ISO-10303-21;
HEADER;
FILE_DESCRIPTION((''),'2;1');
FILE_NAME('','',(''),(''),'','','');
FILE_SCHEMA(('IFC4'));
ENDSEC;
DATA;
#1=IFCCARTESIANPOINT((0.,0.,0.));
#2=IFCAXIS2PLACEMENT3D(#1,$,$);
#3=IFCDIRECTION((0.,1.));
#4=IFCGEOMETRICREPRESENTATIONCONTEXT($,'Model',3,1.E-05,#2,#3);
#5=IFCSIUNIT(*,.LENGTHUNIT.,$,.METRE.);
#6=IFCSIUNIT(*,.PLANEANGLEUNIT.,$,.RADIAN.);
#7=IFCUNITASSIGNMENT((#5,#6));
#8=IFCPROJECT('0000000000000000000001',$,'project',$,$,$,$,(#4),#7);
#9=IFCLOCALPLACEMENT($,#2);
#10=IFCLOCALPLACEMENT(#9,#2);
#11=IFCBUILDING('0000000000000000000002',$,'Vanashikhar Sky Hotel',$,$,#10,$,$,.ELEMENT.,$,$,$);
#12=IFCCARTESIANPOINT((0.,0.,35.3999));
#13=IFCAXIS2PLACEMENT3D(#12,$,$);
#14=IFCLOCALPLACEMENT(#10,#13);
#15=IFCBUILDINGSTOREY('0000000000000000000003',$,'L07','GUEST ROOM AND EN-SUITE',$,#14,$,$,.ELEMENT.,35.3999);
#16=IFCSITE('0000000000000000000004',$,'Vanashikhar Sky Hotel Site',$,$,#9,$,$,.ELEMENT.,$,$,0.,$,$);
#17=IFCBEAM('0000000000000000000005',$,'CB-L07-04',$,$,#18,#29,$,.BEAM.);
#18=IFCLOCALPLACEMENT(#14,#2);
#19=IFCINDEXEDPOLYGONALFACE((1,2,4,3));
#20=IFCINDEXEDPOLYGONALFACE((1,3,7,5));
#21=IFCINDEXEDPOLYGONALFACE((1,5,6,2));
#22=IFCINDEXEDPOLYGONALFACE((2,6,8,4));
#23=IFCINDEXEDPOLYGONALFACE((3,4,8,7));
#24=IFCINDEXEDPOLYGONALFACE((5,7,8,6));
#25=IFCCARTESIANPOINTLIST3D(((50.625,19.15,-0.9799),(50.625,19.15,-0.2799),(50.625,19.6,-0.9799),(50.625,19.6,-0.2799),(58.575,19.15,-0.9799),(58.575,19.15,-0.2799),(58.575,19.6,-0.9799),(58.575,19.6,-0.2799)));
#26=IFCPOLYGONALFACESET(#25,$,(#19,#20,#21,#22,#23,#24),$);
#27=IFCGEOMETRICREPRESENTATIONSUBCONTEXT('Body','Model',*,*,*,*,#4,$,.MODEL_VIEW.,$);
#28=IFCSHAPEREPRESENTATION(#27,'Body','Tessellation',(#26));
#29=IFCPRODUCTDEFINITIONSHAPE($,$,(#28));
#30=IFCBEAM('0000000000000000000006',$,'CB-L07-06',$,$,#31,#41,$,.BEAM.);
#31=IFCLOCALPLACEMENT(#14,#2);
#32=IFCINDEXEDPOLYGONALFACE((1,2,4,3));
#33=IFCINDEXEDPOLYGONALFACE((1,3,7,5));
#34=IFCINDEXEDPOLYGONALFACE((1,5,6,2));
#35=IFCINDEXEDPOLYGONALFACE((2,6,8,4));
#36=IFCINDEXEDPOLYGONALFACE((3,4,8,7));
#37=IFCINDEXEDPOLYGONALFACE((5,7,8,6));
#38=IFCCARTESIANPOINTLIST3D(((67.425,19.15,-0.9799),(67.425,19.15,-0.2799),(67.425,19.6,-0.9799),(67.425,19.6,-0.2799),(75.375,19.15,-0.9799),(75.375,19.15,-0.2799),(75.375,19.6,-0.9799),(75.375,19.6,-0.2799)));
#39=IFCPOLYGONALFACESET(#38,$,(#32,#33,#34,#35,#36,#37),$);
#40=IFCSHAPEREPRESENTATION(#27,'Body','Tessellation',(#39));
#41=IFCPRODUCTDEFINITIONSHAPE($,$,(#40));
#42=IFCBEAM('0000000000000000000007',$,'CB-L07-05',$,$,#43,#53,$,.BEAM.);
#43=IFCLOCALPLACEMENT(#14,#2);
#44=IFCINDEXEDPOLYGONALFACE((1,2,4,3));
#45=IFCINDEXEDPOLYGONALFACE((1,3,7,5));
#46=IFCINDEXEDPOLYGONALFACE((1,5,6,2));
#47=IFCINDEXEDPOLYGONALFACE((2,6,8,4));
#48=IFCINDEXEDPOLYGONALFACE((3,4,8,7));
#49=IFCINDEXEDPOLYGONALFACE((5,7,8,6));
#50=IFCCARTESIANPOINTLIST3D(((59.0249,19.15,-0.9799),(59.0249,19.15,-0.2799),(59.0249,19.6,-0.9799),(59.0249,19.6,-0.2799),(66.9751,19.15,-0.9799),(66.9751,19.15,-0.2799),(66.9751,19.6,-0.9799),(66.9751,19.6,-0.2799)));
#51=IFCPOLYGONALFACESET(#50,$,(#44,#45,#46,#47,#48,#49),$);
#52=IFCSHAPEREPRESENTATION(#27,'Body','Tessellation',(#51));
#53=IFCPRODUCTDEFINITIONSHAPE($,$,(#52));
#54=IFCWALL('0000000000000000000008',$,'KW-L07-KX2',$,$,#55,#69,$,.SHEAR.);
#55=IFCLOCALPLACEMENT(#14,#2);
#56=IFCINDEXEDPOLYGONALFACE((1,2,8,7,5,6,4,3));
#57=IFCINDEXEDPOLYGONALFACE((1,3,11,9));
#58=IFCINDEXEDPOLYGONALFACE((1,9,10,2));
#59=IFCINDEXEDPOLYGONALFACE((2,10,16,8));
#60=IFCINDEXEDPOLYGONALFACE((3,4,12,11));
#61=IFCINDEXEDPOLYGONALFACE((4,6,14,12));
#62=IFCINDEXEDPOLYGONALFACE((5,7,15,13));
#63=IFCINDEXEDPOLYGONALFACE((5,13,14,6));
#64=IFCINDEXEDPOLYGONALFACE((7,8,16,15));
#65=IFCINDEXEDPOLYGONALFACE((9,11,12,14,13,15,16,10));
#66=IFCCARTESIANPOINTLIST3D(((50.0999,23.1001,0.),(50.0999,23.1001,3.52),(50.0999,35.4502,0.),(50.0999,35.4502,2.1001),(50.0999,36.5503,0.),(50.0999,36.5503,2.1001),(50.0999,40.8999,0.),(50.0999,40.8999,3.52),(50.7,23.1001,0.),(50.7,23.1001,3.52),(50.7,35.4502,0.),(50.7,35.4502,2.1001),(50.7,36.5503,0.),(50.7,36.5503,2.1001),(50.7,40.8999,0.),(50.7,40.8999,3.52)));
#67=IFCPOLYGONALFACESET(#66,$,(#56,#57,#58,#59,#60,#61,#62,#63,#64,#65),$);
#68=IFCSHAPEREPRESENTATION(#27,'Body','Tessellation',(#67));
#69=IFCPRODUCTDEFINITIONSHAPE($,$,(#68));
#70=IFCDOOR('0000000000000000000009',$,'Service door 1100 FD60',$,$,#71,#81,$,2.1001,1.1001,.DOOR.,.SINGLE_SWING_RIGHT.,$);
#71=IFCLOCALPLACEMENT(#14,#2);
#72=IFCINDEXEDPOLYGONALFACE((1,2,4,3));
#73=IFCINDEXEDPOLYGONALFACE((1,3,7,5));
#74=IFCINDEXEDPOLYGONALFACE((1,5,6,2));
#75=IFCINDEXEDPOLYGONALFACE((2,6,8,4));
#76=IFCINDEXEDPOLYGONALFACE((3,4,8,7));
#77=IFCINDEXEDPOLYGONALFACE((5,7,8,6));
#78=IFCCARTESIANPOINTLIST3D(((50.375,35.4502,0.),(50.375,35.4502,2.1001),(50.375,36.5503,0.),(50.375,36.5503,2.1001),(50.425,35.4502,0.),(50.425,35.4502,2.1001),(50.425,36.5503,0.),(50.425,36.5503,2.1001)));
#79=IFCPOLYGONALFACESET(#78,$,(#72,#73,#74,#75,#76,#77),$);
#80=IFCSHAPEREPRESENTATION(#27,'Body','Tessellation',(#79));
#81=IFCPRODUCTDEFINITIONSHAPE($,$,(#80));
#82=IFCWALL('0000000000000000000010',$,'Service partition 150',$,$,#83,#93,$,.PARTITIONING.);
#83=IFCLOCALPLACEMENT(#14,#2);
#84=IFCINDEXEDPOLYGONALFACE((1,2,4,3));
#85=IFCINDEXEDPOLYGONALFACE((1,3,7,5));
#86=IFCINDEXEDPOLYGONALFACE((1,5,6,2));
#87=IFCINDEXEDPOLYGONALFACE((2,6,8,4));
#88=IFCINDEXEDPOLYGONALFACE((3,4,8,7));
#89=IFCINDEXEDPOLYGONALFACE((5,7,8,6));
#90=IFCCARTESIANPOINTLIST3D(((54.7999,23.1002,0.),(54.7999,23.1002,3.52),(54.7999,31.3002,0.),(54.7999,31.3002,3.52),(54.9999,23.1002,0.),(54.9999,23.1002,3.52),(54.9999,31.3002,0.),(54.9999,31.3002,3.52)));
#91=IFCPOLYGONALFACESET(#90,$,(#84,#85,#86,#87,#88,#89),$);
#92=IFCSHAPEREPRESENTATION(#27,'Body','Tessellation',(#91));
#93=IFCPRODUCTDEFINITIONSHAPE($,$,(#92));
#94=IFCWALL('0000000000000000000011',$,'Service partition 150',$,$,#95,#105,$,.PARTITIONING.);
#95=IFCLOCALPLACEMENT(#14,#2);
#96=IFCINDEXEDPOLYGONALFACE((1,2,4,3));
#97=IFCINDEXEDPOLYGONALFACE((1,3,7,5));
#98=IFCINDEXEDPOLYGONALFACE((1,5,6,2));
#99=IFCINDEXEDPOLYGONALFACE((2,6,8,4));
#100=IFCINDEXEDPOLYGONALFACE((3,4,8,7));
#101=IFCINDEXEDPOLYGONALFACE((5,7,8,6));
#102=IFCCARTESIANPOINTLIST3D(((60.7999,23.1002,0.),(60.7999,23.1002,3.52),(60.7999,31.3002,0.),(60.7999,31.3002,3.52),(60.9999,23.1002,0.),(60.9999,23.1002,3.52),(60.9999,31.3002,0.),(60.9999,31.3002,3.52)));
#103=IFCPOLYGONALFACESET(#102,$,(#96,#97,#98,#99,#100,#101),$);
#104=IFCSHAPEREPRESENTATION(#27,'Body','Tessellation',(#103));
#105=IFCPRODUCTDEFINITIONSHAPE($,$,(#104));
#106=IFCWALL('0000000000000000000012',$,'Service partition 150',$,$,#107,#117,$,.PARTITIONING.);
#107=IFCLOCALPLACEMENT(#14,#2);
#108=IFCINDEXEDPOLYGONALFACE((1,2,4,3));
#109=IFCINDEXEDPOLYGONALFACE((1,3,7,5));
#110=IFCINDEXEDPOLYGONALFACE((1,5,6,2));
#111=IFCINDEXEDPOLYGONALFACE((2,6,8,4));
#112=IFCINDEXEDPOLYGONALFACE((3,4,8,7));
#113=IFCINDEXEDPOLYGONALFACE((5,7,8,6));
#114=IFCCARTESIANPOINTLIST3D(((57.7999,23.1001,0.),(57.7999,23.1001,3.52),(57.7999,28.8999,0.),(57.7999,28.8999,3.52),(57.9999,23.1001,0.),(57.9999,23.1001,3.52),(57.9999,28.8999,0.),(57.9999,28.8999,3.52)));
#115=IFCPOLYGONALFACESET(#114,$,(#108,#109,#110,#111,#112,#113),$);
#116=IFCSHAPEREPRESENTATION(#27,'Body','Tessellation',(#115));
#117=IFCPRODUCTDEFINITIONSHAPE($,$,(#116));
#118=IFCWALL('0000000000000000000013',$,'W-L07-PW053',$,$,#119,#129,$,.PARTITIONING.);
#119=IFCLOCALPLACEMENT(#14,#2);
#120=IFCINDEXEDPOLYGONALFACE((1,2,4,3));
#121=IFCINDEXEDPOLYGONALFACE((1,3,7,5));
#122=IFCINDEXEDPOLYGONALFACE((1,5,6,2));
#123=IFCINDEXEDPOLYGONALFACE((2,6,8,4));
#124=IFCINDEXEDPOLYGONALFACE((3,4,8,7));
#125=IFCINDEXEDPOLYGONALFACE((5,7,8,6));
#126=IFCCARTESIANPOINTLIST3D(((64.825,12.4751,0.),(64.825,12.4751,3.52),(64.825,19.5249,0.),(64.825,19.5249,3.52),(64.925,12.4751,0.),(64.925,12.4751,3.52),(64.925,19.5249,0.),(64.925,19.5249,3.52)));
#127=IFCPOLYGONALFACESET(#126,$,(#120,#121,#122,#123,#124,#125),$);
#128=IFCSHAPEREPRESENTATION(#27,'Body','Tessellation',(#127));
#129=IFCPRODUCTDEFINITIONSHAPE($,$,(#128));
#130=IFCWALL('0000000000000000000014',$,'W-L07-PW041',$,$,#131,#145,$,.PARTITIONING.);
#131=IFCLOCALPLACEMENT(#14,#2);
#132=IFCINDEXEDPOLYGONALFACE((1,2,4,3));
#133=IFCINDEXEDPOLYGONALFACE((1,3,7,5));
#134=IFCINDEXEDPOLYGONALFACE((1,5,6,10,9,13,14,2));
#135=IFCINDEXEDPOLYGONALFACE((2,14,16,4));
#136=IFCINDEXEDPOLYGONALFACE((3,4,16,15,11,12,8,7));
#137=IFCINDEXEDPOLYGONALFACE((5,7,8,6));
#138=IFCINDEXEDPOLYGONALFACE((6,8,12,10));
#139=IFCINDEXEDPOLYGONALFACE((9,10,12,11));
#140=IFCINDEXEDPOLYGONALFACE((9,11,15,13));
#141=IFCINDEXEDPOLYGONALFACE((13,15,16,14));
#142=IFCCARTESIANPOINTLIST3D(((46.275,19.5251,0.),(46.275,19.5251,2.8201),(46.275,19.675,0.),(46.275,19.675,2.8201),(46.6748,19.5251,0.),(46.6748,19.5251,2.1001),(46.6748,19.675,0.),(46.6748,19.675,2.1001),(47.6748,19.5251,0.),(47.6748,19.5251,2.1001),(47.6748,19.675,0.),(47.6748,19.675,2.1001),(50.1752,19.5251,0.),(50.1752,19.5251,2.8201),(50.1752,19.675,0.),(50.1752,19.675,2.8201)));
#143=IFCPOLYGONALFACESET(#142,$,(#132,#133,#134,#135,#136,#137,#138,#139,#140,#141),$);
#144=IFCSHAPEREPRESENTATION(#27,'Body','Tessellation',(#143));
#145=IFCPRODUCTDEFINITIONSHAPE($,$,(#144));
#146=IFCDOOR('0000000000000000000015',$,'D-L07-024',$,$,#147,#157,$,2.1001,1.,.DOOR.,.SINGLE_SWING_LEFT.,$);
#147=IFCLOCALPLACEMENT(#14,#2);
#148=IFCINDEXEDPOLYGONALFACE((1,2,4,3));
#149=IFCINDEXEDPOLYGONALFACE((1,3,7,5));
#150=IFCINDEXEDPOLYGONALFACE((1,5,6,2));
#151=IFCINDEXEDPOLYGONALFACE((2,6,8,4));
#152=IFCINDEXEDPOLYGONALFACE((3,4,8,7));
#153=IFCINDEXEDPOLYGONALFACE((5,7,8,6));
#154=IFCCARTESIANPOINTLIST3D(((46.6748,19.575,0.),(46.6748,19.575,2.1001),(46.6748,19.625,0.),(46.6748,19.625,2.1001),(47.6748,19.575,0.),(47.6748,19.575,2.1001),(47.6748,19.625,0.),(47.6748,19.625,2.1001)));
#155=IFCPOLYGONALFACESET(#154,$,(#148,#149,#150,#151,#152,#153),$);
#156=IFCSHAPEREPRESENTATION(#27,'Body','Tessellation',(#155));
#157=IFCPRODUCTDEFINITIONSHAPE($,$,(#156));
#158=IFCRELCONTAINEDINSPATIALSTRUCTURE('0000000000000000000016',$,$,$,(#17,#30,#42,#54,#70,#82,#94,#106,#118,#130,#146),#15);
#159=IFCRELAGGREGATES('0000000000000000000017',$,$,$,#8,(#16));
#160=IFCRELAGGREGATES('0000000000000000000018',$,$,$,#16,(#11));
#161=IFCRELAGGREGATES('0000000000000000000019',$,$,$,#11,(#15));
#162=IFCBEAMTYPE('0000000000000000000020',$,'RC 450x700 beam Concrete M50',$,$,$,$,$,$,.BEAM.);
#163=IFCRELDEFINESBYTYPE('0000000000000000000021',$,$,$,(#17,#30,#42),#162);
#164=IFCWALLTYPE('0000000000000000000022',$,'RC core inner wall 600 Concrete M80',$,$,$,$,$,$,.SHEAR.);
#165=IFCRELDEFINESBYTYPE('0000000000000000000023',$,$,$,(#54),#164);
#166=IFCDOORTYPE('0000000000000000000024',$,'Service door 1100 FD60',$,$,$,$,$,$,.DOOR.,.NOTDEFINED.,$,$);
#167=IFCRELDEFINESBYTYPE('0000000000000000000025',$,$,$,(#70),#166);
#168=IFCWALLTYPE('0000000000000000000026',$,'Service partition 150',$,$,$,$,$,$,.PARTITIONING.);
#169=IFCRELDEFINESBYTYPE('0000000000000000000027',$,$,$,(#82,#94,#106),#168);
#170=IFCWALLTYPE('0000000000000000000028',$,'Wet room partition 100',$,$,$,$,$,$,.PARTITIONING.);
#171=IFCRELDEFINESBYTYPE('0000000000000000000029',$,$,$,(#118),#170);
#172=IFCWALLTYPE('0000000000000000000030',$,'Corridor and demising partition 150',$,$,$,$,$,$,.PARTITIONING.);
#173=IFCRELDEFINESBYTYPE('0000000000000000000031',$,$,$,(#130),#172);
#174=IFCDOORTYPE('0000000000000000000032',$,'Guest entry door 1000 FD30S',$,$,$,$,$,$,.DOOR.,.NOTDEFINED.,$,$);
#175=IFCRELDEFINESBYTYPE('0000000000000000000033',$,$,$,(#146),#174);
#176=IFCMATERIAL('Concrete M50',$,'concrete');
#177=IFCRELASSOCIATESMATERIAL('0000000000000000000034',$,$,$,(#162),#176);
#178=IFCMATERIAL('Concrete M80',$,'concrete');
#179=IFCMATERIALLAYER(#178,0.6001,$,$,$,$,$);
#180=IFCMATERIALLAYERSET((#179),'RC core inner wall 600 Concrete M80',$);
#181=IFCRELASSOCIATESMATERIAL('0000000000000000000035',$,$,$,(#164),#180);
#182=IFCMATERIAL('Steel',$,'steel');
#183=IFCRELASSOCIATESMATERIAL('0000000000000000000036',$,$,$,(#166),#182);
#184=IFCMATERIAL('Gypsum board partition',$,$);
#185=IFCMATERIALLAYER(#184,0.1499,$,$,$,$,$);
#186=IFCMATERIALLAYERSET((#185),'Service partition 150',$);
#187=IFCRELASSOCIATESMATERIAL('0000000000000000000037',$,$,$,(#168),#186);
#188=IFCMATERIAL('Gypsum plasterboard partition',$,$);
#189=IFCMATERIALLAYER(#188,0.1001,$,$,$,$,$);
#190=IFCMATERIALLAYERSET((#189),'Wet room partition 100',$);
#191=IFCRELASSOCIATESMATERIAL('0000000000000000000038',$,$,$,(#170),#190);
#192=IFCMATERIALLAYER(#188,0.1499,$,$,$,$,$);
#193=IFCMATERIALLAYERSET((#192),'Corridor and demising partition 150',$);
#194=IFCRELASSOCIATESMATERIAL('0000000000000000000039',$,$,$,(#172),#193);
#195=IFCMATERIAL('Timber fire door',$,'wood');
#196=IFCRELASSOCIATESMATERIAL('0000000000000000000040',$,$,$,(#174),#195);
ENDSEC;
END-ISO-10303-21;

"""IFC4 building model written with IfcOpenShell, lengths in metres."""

from ifc_helpers import new_model, si_unit, direction, frame, frame_2d, origin, origin_2d, place, context, subcontext, project, spatial, rectangle, extrude, source, transform, mapped, material, layer, layer_set, material_profile, profile_set, type_object, element, fill, save


model = new_model("IFC4")

# Units and contexts
model_context = context("Model", 3, precision=1e-05, world=origin(), true_north=direction((0.0, 1.0)))
body_context = subcontext(model_context, "Body", "Model", "MODEL_VIEW")
ifc_project = project(units=[si_unit("LENGTHUNIT", "METRE"), si_unit("PLANEANGLEUNIT", "RADIAN")], contexts=[model_context])

# Site, building, storey
site_placement = place(None, origin())
site = spatial("IfcSite", under=ifc_project, at=site_placement, Name="Vanashikhar Sky Hotel Site", CompositionType="ELEMENT", RefElevation=0.0)
building_placement = place(site_placement, origin())
building = spatial("IfcBuilding", under=site, at=building_placement, Name="Vanashikhar Sky Hotel", CompositionType="ELEMENT")
storey_placement = place(building_placement, frame((0.0, 0.0, 35.3999)))
storey = spatial("IfcBuildingStorey", under=building, at=storey_placement, Name="L07", Description="GUEST ROOM AND EN-SUITE", CompositionType="ELEMENT", Elevation=35.3999)

# Beams
ifc_material_1 = material(Name="Concrete M50", Category="concrete")
ifc_material_profile = material_profile(ifc_material_1, rectangle(XDim=0.45, YDim=0.7, at=origin_2d()))
ifc_profile_set = profile_set([ifc_material_profile], Name="RC 450x700 beam Concrete M50")
beam_type = type_object("IfcBeamType", Name="RC 450x700 beam Concrete M50", PredefinedType="BEAM", material=ifc_profile_set)
shared_shape_1 = source(origin(), body_context, "Body", "SweptSolid", [
    extrude(rectangle(XDim=0.45, YDim=0.7, at=origin_2d()), origin(), (0.0, 0.0, 1.0), 7.95),
])
for number, where, z_axis, x_axis, name in (
    (1, (50.625, 19.375, -0.6299), (1.0, 0.0, 0.0), (0.0, 1.0, 0.0), "CB-L07-04"),
    (2, (67.425, 19.375, -0.6299), (1.0, 0.0, 0.0), (0.0, 1.0, 0.0), "CB-L07-06"),
):
    element("IfcBeam", number, at=place(storey_placement, frame(where, z_axis=z_axis, x_axis=x_axis)), inside=storey, type_object=beam_type, Name=name, PredefinedType="BEAM", context=body_context, shape_type="MappedRepresentation", body=[
        mapped(shared_shape_1, transform((0.0, 0.0, 0.0), scale=1.0)),
    ])
shared_shape_2 = source(origin(), body_context, "Body", "SweptSolid", [
    extrude(rectangle(XDim=0.45, YDim=0.7, at=origin_2d()), origin(), (0.0, 0.0, 1.0), 7.9502),
])
beam_placement = place(storey_placement, frame((59.0249, 19.375, -0.6299), z_axis=(1.0, 0.0, 0.0), x_axis=(0.0, 1.0, 0.0)))
element("IfcBeam", 3, at=beam_placement, inside=storey, type_object=beam_type, Name="CB-L07-05", PredefinedType="BEAM", context=body_context, shape_type="MappedRepresentation", body=[
    mapped(shared_shape_2, transform((0.0, 0.0, 0.0), scale=1.0)),
])

# Wall, opening, door
ifc_material_2 = material(Name="Concrete M80", Category="concrete")
ifc_layer_1 = layer(ifc_material_2, 0.6001)
ifc_layer_set_1 = layer_set([ifc_layer_1], Name="RC core inner wall 600 Concrete M80")
wall_type_1 = type_object("IfcWallType", Name="RC core inner wall 600 Concrete M80", PredefinedType="SHEAR", material=ifc_layer_set_1)
shared_shape_3 = source(origin(), body_context, "Body", "SweptSolid", [
    extrude(rectangle(XDim=17.7998, YDim=0.6001, at=frame_2d((8.8999, 0.0))), origin(), (0.0, 0.0, 1.0), 3.52),
])
wall_1_placement = place(storey_placement, frame((50.3999, 23.1001, 0.0), z_axis=(0.0, 0.0, 1.0), x_axis=(0.0, 1.0, 0.0)))
wall_1 = element("IfcWall", 4, at=wall_1_placement, inside=storey, type_object=wall_type_1, Name="KW-L07-KX2", PredefinedType="SHEAR", context=body_context, shape_type="MappedRepresentation", body=[
    mapped(shared_shape_3, transform((0.0, 0.0, 0.0), scale=1.0)),
])
shared_shape_4 = source(origin(), body_context, "Body", "SweptSolid", [
    extrude(rectangle(XDim=1.1001, YDim=2.1001, at=frame_2d((0.55, 1.05))), frame((0.0, 0.3101, 0.0), z_axis=(0.0, -1.0, 0.0), x_axis=(1.0, 0.0, 0.0)), (0.0, 0.0, 1.0), 0.6201),
])
opening_1_placement = place(wall_1_placement, frame((12.3501, 0.0, 0.0)))
opening_1 = element("IfcOpeningElement", 5, at=opening_1_placement, cuts=wall_1, PredefinedType="OPENING", context=body_context, shape_type="MappedRepresentation", body=[
    mapped(shared_shape_4, transform((0.0, 0.0, 0.0), scale=1.0)),
])
ifc_material_3 = material(Name="Steel", Category="steel")
door_type_1 = type_object("IfcDoorType", Name="Service door 1100 FD60", OperationType="NOTDEFINED", PredefinedType="DOOR", material=ifc_material_3)
shared_shape_5 = source(origin(), body_context, "Body", "SweptSolid", [
    extrude(rectangle(XDim=1.1001, YDim=2.1001, at=frame_2d((0.55, 1.05))), frame((0.0, 0.0249, 0.0), z_axis=(0.0, -1.0, 0.0), x_axis=(1.0, 0.0, 0.0)), (0.0, 0.0, 1.0), 0.05),
])
door_1_placement = place(opening_1_placement, origin())
door_1 = element("IfcDoor", 6, at=door_1_placement, inside=storey, type_object=door_type_1, Name="Service door 1100 FD60", OperationType="SINGLE_SWING_RIGHT", OverallHeight=2.1001, OverallWidth=1.1001, PredefinedType="DOOR", context=body_context, shape_type="MappedRepresentation", body=[
    mapped(shared_shape_5, transform((0.0, 0.0, 0.0), scale=1.0)),
])
fill(opening_1, door_1)

# Walls
ifc_material_4 = material(Name="Gypsum board partition")
ifc_layer_2 = layer(ifc_material_4, 0.1499)
ifc_layer_set_2 = layer_set([ifc_layer_2], Name="Service partition 150")
wall_type_2 = type_object("IfcWallType", Name="Service partition 150", PredefinedType="PARTITIONING", material=ifc_layer_set_2)
shared_shape_6 = source(origin(), body_context, "Body", "SweptSolid", [
    extrude(rectangle(XDim=8.2, YDim=0.2, at=frame_2d((4.1001, 0.0))), origin(), (0.0, 0.0, 1.0), 3.52),
])
for number, where, z_axis, x_axis, name in (
    (7, (54.8999, 23.1001, 0.0), (0.0, 0.0, 1.0), (0.0, 1.0, 0.0), "Service partition 150"),
    (8, (60.8999, 23.1001, 0.0), (0.0, 0.0, 1.0), (0.0, 1.0, 0.0), "Service partition 150"),
):
    element("IfcWall", number, at=place(storey_placement, frame(where, z_axis=z_axis, x_axis=x_axis)), inside=storey, type_object=wall_type_2, Name=name, PredefinedType="PARTITIONING", context=body_context, shape_type="MappedRepresentation", body=[
        mapped(shared_shape_6, transform((0.0, 0.0, 0.0), scale=1.0)),
    ])
shared_shape_7 = source(origin(), body_context, "Body", "SweptSolid", [
    extrude(rectangle(XDim=5.7998, YDim=0.2, at=frame_2d((2.8999, 0.0))), origin(), (0.0, 0.0, 1.0), 3.52),
])
wall_2_placement = place(storey_placement, frame((57.8999, 23.1001, 0.0), z_axis=(0.0, 0.0, 1.0), x_axis=(0.0, 1.0, 0.0)))
element("IfcWall", 9, at=wall_2_placement, inside=storey, type_object=wall_type_2, Name="Service partition 150", PredefinedType="PARTITIONING", context=body_context, shape_type="MappedRepresentation", body=[
    mapped(shared_shape_7, transform((0.0, 0.0, 0.0), scale=1.0)),
])
ifc_material_5 = material(Name="Gypsum plasterboard partition")
ifc_layer_3 = layer(ifc_material_5, 0.1001)
ifc_layer_set_3 = layer_set([ifc_layer_3], Name="Wet room partition 100")
wall_type_3 = type_object("IfcWallType", Name="Wet room partition 100", PredefinedType="PARTITIONING", material=ifc_layer_set_3)
shared_shape_8 = source(origin(), body_context, "Body", "SweptSolid", [
    extrude(rectangle(XDim=7.0498, YDim=0.1001, at=frame_2d((3.5249, 0.0))), origin(), (0.0, 0.0, 1.0), 3.52),
])
wall_3_placement = place(storey_placement, frame((64.875, 12.4751, 0.0), z_axis=(0.0, 0.0, 1.0), x_axis=(0.0, 1.0, 0.0)))
element("IfcWall", 10, at=wall_3_placement, inside=storey, type_object=wall_type_3, Name="W-L07-PW053", PredefinedType="PARTITIONING", context=body_context, shape_type="MappedRepresentation", body=[
    mapped(shared_shape_8, transform((0.0, 0.0, 0.0), scale=1.0)),
])

# Wall, opening, door
ifc_layer_4 = layer(ifc_material_5, 0.1499)
ifc_layer_set_4 = layer_set([ifc_layer_4], Name="Corridor and demising partition 150")
wall_type_4 = type_object("IfcWallType", Name="Corridor and demising partition 150", PredefinedType="PARTITIONING", material=ifc_layer_set_4)
shared_shape_9 = source(origin(), body_context, "Body", "SweptSolid", [
    extrude(rectangle(XDim=3.9001, YDim=0.1499, at=frame_2d((1.9502, 0.0))), origin(), (0.0, 0.0, 1.0), 2.8201),
])
wall_4_placement = place(storey_placement, frame((46.2749, 19.6001, 0.0), z_axis=(0.0, 0.0, 1.0), x_axis=(1.0, 0.0, 0.0)))
wall_4 = element("IfcWall", 11, at=wall_4_placement, inside=storey, type_object=wall_type_4, Name="W-L07-PW041", PredefinedType="PARTITIONING", context=body_context, shape_type="MappedRepresentation", body=[
    mapped(shared_shape_9, transform((0.0, 0.0, 0.0), scale=1.0)),
])
shared_shape_10 = source(origin(), body_context, "Body", "SweptSolid", [
    extrude(rectangle(XDim=1.0, YDim=2.1001, at=frame_2d((0.5, 1.05))), frame((0.0, 0.085, 0.0), z_axis=(0.0, -1.0, 0.0), x_axis=(1.0, 0.0, 0.0)), (0.0, 0.0, 1.0), 0.1699),
])
opening_2_placement = place(wall_4_placement, frame((0.3999, 0.0, 0.0)))
opening_2 = element("IfcOpeningElement", 12, at=opening_2_placement, cuts=wall_4, PredefinedType="OPENING", context=body_context, shape_type="MappedRepresentation", body=[
    mapped(shared_shape_10, transform((0.0, 0.0, 0.0), scale=1.0)),
])
ifc_material_6 = material(Name="Timber fire door", Category="wood")
door_type_2 = type_object("IfcDoorType", Name="Guest entry door 1000 FD30S", OperationType="NOTDEFINED", PredefinedType="DOOR", material=ifc_material_6)
shared_shape_11 = source(origin(), body_context, "Body", "SweptSolid", [
    extrude(rectangle(XDim=1.0, YDim=2.1001, at=frame_2d((0.5, 1.05))), frame((0.0, 0.0249, 0.0), z_axis=(0.0, -1.0, 0.0), x_axis=(1.0, 0.0, 0.0)), (0.0, 0.0, 1.0), 0.05),
])
door_2_placement = place(opening_2_placement, origin())
door_2 = element("IfcDoor", 13, at=door_2_placement, inside=storey, type_object=door_type_2, Name="D-L07-024", OperationType="SINGLE_SWING_LEFT", OverallHeight=2.1001, OverallWidth=1.0, PredefinedType="DOOR", context=body_context, shape_type="MappedRepresentation", body=[
    mapped(shared_shape_11, transform((0.0, 0.0, 0.0), scale=1.0)),
])
fill(opening_2, door_2)

save(model, "model.ifc")
